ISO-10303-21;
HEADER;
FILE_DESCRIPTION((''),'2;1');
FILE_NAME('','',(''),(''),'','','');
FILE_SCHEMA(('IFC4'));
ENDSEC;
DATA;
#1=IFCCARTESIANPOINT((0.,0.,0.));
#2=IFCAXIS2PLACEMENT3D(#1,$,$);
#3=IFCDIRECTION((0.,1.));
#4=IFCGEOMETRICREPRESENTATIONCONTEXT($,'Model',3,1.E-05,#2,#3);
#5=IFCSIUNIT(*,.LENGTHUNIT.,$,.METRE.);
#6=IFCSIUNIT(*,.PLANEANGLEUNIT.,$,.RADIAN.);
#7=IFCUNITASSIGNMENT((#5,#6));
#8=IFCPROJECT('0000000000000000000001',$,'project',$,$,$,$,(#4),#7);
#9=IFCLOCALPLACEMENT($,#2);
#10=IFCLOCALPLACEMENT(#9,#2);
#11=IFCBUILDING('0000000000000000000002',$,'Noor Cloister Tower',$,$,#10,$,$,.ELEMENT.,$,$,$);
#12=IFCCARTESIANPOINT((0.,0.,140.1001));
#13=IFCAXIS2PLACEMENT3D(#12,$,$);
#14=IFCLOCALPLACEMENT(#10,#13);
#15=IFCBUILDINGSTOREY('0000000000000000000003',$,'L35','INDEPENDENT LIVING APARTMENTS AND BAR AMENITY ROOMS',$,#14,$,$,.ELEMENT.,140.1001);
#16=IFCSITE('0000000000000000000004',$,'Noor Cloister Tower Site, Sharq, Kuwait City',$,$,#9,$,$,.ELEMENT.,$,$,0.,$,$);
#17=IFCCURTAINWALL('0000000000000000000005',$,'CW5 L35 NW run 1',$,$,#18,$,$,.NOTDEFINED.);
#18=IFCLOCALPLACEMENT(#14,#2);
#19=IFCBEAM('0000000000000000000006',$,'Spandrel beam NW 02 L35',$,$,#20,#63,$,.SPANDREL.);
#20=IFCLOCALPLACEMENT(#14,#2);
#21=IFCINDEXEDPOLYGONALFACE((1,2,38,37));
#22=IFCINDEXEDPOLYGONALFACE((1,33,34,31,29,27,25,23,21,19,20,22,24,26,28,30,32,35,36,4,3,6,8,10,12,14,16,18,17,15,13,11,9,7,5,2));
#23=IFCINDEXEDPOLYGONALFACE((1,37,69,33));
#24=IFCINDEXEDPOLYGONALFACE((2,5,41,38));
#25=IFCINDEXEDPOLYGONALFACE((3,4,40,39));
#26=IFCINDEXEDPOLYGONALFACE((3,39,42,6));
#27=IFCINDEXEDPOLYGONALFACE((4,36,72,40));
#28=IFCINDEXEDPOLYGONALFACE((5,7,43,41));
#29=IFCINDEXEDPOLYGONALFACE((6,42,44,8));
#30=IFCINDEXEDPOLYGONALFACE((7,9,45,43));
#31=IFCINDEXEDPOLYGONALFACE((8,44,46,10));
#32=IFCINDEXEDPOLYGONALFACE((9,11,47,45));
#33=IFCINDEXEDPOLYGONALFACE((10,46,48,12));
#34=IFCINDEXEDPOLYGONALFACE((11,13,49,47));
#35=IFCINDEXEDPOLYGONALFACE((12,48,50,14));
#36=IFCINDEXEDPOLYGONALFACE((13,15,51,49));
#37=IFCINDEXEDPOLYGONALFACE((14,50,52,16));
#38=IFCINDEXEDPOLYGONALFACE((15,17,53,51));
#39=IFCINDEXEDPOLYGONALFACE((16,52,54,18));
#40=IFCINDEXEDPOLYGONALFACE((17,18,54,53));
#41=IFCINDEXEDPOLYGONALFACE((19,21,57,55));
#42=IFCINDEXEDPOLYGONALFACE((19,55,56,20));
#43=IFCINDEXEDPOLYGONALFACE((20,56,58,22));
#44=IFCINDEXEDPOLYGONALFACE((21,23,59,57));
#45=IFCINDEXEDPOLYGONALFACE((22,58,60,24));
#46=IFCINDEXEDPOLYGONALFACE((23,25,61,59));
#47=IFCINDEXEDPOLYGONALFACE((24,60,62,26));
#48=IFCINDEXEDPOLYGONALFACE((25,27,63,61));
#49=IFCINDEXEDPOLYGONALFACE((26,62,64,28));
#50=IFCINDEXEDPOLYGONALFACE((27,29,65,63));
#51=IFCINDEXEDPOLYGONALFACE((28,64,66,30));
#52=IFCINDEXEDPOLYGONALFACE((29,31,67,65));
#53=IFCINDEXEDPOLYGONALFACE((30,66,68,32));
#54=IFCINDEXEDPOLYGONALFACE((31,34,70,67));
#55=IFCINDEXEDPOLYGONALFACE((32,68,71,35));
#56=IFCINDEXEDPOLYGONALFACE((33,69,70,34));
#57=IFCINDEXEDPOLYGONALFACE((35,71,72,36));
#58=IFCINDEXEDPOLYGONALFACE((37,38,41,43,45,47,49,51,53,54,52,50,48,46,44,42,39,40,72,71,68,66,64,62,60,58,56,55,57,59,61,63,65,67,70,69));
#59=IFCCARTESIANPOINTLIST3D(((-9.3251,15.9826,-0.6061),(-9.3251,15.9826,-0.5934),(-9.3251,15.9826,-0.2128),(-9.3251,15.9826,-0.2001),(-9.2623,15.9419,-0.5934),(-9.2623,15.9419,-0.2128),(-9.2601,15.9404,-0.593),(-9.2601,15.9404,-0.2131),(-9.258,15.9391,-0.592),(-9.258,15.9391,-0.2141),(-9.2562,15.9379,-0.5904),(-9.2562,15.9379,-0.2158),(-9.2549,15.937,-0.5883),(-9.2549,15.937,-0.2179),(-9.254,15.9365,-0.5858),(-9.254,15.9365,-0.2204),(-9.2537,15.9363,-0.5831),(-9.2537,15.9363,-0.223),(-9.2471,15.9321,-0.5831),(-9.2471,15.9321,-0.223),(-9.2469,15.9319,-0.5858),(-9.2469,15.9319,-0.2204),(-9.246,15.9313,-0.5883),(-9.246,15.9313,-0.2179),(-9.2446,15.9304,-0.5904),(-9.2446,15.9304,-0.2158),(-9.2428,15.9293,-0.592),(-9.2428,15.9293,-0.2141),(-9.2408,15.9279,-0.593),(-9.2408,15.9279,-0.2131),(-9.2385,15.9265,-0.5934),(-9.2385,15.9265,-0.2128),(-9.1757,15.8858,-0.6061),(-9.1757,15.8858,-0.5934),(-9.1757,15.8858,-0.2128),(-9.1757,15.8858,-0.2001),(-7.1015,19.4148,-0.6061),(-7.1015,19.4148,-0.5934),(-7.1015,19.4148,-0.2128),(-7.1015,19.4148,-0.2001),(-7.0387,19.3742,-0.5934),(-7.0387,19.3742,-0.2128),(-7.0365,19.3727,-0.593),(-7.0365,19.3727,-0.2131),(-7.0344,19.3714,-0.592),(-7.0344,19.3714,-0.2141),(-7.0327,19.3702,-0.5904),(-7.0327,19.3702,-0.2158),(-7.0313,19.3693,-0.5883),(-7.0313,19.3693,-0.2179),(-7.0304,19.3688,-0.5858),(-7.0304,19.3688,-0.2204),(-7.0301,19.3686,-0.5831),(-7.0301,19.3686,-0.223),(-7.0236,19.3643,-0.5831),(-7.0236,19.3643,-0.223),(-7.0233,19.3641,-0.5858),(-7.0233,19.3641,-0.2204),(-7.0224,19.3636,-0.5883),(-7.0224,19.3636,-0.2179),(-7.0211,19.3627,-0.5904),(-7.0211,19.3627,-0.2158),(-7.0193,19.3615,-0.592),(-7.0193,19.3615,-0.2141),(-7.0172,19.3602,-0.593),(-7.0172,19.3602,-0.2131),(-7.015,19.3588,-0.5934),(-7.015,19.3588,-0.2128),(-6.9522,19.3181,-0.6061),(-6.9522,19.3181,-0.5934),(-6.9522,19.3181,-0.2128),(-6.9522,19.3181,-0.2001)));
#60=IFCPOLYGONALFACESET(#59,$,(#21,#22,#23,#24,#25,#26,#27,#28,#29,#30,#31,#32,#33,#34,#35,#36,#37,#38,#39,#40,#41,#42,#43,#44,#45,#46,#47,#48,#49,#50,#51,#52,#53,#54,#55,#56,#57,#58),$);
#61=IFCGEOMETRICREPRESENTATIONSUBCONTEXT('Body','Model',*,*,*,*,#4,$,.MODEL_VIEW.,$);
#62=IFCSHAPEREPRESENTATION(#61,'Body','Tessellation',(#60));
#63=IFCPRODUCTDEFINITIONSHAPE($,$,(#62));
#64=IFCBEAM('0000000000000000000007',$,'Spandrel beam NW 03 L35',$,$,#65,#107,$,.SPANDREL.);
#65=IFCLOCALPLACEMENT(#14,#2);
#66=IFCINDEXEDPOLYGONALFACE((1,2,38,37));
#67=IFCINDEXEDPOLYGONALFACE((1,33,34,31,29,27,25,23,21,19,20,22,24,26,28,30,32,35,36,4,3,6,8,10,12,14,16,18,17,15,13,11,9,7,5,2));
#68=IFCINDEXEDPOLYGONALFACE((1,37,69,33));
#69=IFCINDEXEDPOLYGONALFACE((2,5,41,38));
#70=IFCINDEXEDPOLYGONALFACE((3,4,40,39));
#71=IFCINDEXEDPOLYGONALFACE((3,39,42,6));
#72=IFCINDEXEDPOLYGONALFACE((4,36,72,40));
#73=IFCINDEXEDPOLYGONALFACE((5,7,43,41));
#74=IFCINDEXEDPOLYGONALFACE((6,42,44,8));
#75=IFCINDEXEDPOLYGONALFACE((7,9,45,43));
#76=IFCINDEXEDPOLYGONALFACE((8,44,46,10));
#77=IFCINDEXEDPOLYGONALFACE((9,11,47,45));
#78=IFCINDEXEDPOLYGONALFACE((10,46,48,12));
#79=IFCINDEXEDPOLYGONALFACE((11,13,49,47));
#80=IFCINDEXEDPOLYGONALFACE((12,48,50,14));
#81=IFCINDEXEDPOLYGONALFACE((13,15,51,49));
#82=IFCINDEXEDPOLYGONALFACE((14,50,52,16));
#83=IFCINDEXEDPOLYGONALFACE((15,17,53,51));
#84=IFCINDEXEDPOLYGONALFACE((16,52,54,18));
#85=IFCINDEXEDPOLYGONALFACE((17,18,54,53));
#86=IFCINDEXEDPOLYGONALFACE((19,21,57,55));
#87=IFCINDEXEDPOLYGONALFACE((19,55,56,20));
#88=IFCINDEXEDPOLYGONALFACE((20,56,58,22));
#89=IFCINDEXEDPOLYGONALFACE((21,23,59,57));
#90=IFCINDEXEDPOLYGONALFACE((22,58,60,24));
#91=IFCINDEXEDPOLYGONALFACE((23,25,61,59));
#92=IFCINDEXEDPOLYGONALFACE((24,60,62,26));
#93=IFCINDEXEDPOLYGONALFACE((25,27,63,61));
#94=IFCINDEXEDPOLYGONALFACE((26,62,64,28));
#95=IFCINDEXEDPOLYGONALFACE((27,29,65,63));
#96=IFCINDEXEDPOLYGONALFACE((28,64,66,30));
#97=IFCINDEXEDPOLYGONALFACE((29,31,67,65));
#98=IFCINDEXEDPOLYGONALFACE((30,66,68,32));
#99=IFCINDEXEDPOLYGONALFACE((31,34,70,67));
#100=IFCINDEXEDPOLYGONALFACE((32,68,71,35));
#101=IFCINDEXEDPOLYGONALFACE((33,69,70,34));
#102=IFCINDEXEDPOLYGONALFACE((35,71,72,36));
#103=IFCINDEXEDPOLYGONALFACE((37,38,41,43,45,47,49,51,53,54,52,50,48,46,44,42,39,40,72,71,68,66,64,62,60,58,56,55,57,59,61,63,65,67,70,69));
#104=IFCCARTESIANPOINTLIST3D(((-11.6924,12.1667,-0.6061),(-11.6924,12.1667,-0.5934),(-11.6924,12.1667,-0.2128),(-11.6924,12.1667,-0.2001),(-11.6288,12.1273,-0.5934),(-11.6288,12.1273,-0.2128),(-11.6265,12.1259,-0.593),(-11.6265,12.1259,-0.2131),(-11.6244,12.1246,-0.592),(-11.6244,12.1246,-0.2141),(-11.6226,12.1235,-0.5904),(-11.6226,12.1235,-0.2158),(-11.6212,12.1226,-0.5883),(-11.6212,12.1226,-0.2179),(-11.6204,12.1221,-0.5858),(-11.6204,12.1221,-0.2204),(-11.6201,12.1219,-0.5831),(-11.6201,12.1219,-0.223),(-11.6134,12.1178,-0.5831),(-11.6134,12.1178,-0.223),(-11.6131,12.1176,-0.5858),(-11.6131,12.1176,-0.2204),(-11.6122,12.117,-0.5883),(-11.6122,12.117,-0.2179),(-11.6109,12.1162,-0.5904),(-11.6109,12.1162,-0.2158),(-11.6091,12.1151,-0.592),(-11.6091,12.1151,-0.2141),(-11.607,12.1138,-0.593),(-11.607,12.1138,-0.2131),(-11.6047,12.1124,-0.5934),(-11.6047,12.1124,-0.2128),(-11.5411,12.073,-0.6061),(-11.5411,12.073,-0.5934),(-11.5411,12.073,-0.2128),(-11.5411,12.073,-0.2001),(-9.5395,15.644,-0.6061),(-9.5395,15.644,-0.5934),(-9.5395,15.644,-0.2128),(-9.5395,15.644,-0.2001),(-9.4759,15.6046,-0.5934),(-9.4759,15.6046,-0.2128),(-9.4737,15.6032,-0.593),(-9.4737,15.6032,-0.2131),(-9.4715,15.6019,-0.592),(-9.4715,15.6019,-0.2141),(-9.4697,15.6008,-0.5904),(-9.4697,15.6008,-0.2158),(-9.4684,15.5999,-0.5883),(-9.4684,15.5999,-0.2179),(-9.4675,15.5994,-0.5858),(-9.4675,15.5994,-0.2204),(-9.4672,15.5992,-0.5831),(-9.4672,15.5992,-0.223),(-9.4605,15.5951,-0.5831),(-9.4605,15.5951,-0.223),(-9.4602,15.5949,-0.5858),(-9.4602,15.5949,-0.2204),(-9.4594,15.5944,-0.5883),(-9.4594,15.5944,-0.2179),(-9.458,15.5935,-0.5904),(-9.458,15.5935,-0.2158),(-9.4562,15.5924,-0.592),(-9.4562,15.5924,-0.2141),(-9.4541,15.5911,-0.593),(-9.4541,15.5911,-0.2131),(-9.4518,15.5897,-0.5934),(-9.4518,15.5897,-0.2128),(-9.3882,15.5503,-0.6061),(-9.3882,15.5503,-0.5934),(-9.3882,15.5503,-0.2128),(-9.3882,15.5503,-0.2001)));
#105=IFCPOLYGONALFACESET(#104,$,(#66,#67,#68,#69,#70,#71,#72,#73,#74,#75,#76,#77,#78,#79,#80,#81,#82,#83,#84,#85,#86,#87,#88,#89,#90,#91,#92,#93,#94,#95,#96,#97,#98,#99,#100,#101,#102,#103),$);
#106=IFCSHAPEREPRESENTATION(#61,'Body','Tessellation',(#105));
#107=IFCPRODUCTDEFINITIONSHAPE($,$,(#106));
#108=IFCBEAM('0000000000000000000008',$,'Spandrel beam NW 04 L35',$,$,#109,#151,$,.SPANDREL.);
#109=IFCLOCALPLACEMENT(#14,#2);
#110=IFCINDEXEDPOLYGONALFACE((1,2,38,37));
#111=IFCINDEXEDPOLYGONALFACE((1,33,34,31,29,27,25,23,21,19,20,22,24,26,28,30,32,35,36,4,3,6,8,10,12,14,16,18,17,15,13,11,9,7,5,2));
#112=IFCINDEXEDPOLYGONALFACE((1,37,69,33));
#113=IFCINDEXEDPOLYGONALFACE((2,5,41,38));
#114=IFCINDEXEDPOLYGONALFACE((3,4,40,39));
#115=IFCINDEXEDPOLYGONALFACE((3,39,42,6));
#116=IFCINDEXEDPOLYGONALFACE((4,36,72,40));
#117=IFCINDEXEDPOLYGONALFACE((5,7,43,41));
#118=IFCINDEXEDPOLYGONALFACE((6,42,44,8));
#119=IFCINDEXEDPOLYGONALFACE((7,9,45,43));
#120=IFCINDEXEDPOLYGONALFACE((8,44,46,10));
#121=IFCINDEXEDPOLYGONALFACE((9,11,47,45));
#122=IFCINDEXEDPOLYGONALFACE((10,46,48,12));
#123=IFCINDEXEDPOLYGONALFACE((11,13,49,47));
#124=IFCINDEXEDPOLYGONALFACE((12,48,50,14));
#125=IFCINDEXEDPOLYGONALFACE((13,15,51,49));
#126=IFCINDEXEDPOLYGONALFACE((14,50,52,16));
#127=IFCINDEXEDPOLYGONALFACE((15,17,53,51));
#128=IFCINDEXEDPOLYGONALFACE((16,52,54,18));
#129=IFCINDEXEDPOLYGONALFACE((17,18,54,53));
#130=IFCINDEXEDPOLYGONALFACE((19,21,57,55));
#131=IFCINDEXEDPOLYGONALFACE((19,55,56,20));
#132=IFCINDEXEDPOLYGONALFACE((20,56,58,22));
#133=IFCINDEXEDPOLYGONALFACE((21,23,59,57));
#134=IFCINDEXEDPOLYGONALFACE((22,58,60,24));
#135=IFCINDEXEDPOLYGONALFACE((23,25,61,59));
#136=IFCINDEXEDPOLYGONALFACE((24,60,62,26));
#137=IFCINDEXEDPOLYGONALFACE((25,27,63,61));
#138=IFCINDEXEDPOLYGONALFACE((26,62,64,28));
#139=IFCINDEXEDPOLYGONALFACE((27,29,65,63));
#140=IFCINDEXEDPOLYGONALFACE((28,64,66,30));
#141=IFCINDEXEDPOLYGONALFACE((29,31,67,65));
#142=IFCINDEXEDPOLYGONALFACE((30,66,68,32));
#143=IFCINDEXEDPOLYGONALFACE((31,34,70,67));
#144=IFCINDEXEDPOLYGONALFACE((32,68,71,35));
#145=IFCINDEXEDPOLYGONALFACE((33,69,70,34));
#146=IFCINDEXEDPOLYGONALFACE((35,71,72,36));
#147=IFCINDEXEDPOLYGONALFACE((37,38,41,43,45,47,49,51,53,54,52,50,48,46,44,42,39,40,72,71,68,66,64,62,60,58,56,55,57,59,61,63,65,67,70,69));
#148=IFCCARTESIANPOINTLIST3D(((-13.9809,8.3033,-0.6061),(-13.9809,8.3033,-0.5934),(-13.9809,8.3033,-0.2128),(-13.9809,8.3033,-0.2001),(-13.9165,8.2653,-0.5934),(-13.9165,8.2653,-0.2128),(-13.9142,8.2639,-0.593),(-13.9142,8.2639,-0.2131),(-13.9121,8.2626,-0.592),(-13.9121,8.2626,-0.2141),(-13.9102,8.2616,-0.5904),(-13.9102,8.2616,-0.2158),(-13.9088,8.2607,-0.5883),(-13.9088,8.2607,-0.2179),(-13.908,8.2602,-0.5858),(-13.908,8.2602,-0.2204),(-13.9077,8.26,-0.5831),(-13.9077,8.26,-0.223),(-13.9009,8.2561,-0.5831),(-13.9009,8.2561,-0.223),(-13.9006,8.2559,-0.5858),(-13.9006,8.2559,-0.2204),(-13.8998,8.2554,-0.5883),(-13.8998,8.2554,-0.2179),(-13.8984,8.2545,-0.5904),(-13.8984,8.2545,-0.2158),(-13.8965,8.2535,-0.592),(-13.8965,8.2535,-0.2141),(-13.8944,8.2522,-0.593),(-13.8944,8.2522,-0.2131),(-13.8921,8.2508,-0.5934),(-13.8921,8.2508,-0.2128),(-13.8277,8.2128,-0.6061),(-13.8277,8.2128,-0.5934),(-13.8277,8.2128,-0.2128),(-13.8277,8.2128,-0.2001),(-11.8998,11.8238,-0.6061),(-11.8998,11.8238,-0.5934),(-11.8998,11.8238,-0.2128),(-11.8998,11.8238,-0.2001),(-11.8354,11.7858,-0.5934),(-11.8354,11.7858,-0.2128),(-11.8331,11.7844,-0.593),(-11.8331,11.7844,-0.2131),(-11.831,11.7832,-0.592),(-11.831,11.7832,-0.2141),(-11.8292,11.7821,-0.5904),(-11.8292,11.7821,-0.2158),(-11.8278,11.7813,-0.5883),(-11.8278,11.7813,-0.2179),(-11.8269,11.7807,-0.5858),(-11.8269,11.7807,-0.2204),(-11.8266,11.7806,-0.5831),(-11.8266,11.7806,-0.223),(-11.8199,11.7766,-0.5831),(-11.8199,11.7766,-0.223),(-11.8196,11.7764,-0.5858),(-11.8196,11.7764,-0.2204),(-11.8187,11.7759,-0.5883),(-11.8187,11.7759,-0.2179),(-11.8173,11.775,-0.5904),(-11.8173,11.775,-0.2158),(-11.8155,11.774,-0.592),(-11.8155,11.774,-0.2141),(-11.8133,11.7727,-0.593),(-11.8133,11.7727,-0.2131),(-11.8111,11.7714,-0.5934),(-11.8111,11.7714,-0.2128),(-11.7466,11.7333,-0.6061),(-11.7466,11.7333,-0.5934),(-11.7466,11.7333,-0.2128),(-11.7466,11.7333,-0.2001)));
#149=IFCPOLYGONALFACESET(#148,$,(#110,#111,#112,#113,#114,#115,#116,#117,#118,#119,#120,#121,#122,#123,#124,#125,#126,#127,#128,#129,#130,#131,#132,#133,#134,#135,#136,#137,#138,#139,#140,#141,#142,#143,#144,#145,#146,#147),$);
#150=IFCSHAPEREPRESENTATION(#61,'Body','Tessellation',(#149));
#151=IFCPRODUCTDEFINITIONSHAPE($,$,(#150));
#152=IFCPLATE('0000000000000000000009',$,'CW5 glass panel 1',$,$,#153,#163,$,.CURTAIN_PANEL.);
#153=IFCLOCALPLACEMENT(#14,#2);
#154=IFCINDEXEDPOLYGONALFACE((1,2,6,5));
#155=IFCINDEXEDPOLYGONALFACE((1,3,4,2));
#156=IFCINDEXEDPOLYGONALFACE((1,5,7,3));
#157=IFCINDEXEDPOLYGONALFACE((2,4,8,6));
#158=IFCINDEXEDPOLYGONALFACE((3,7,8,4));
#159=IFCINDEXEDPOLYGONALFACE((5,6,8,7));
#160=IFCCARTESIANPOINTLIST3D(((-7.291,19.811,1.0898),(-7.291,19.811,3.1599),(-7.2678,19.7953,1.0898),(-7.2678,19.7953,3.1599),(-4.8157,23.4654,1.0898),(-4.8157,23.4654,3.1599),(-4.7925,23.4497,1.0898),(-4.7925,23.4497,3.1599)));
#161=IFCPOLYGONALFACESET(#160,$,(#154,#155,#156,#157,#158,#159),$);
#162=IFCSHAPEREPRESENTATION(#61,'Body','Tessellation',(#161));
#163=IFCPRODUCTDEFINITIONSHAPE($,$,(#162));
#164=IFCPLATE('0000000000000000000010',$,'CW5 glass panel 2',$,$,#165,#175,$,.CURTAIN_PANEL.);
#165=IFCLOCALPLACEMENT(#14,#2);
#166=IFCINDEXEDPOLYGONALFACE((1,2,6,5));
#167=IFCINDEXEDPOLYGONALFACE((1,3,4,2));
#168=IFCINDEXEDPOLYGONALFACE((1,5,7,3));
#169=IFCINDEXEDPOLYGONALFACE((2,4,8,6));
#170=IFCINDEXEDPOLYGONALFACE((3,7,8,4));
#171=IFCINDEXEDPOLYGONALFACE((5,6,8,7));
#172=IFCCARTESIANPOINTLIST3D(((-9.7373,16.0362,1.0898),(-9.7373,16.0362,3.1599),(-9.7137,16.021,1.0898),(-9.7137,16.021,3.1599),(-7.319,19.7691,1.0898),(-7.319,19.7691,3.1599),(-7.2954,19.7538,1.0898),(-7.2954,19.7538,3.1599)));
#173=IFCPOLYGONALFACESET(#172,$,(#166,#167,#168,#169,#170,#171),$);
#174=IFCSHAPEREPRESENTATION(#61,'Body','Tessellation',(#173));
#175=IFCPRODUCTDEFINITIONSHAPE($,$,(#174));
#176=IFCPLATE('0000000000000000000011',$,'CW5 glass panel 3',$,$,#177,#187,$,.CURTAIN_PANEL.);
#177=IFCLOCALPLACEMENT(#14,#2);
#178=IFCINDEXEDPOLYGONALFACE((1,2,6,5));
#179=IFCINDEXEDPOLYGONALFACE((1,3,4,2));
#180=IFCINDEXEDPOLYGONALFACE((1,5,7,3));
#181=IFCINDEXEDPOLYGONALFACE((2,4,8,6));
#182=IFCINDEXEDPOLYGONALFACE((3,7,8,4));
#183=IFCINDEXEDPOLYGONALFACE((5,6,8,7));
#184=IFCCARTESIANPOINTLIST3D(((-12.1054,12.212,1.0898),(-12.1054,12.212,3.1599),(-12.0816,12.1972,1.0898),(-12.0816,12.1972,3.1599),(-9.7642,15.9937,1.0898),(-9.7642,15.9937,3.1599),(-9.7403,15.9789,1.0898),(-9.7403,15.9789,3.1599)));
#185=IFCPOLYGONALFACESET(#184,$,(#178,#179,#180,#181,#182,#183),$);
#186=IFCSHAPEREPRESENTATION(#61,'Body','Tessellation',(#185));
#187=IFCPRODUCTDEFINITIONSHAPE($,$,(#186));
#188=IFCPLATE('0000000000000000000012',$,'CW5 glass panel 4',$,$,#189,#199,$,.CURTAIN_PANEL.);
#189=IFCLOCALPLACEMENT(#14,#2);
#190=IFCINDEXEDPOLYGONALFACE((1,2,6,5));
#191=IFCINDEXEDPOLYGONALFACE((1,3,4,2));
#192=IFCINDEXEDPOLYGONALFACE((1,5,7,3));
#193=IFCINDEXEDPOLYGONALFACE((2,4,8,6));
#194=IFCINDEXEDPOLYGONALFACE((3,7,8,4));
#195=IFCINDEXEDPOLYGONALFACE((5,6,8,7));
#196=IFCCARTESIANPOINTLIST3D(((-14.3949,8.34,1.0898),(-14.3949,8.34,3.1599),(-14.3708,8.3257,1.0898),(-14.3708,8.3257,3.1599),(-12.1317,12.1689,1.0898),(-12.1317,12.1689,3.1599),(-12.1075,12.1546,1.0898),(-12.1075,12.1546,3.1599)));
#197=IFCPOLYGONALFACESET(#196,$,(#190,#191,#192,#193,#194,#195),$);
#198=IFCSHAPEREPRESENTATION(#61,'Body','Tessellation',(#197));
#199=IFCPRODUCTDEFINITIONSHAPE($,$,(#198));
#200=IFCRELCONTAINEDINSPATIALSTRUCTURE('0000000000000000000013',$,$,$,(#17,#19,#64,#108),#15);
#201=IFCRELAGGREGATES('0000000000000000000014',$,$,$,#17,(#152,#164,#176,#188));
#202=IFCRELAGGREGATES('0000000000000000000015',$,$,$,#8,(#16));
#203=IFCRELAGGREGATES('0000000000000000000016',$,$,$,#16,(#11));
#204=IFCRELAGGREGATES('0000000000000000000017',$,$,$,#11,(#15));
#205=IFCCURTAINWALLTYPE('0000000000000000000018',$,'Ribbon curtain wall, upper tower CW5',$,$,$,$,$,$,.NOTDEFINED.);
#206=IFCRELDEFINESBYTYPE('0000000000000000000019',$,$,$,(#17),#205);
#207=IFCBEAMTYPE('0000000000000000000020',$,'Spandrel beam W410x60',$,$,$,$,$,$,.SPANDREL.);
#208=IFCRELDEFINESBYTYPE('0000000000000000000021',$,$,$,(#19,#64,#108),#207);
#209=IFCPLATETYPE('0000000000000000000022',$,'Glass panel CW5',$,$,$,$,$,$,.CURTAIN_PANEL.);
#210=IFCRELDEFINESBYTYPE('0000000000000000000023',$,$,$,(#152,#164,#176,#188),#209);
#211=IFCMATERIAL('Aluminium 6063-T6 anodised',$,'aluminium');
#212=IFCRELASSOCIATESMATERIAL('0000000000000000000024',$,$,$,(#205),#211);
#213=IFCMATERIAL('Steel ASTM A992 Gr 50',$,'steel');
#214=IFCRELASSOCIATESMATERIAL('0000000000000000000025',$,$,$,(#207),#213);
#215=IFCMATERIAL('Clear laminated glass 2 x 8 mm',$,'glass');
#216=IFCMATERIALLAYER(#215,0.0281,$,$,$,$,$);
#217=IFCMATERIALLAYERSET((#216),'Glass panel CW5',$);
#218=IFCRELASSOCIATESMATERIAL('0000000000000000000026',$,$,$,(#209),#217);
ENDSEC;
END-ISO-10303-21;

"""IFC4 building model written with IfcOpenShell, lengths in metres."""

from ifc_helpers import new_model, si_unit, direction, frame, origin, origin_2d, place, context, subcontext, project, spatial, rectangle, i_section, extrude, material, layer, layer_set, material_profile, profile_set, type_object, element, aggregate, save


model = new_model("IFC4")

# Units and contexts
model_context = context("Model", 3, precision=1e-05, world=origin(), true_north=direction((0.0, 1.0)))
body_context = subcontext(model_context, "Body", "Model", "MODEL_VIEW")
ifc_project = project(units=[si_unit("LENGTHUNIT", "METRE"), si_unit("PLANEANGLEUNIT", "RADIAN")], contexts=[model_context])

# Site, building, storey
site_placement = place(None, origin())
site = spatial("IfcSite", under=ifc_project, at=site_placement, Name="Noor Cloister Tower Site, Sharq, Kuwait City", CompositionType="ELEMENT", RefElevation=0.0)
building_placement = place(site_placement, origin())
building = spatial("IfcBuilding", under=site, at=building_placement, Name="Noor Cloister Tower", CompositionType="ELEMENT")
storey_placement = place(building_placement, frame((0.0, 0.0, 140.1001)))
storey = spatial("IfcBuildingStorey", under=building, at=storey_placement, Name="L35", Description="INDEPENDENT LIVING APARTMENTS AND BAR AMENITY ROOMS", CompositionType="ELEMENT", Elevation=140.1001)

# Curtain wall
ifc_material_1 = material(Name="Aluminium 6063-T6 anodised", Category="aluminium")
curtain_wall_type = type_object("IfcCurtainWallType", Name="Ribbon curtain wall, upper tower CW5", PredefinedType="NOTDEFINED", material=ifc_material_1)
curtain_wall_placement = place(storey_placement, origin())
curtain_wall = element("IfcCurtainWall", 1, at=curtain_wall_placement, inside=storey, type_object=curtain_wall_type, Name="CW5 L35 NW run 1", PredefinedType="NOTDEFINED")

# Beams
ifc_material_2 = material(Name="Steel ASTM A992 Gr 50", Category="steel")
ifc_material_profile_1 = material_profile(ifc_material_2, i_section(OverallWidth=0.178, OverallDepth=0.406, WebThickness=0.0078, FlangeThickness=0.0127, FilletRadius=0.0103, at=origin_2d()), Name="W410x60")
ifc_profile_set_1 = profile_set([ifc_material_profile_1], Name="Steel ASTM A992 Gr 50")
beam_type_1 = type_object("IfcBeamType", Name="Spandrel beam W410x60", PredefinedType="SPANDREL", material=ifc_profile_set_1)
beam_1_placement = place(storey_placement, frame((-7.0269, 19.3665, -0.4031), z_axis=(-0.543714, -0.839271, 0.0), x_axis=(0.839271, -0.543714, 0.0)))
element("IfcBeam", 2, at=beam_1_placement, inside=storey, type_object=beam_type_1, Name="Spandrel beam NW 02 L35", PredefinedType="SPANDREL", context=body_context, shape_type="SweptSolid", body=[
    extrude(i_section(OverallWidth=0.178, OverallDepth=0.406, WebThickness=0.0078, FlangeThickness=0.0127, FilletRadius=0.0103, at=origin_2d()), origin(), (0.0, 0.0, 1.0), 4.0896),
])
beam_2_placement = place(storey_placement, frame((-9.4639, 15.5972, -0.4031), z_axis=(-0.526394, -0.850241, 0.0), x_axis=(0.850241, -0.526394, 0.0)))
element("IfcBeam", 3, at=beam_2_placement, inside=storey, type_object=beam_type_1, Name="Spandrel beam NW 03 L35", PredefinedType="SPANDREL", context=body_context, shape_type="SweptSolid", body=[
    extrude(i_section(OverallWidth=0.178, OverallDepth=0.406, WebThickness=0.0078, FlangeThickness=0.0127, FilletRadius=0.0103, at=origin_2d()), origin(), (0.0, 0.0, 1.0), 4.0898),
])
beam_3_placement = place(storey_placement, frame((-11.8232, 11.7786, -0.4031), z_axis=(-0.508866, -0.860846, 0.0), x_axis=(0.860846, -0.508866, 0.0)))
element("IfcBeam", 4, at=beam_3_placement, inside=storey, type_object=beam_type_1, Name="Spandrel beam NW 04 L35", PredefinedType="SPANDREL", context=body_context, shape_type="SweptSolid", body=[
    extrude(i_section(OverallWidth=0.178, OverallDepth=0.406, WebThickness=0.0078, FlangeThickness=0.0127, FilletRadius=0.0103, at=origin_2d()), origin(), (0.0, 0.0, 1.0), 4.0896),
])

# Plates
ifc_material_3 = material(Name="Clear laminated glass 2 x 8 mm", Category="glass")
ifc_layer_1 = layer(ifc_material_3, 0.0281)
ifc_layer_set_1 = layer_set([ifc_layer_1], Name="Glass panel CW5")
plate_type = type_object("IfcPlateType", Name="Glass panel CW5", PredefinedType="CURTAIN_PANEL", material=ifc_layer_set_1)
plate_1_placement = place(storey_placement, frame((-6.0417, 21.6304, 1.0898), z_axis=(0.0, 0.0, 1.0), x_axis=(-0.560807, -0.827946, 0.0)))
plate_1 = element("IfcPlate", 5, at=plate_1_placement, type_object=plate_type, Name="CW5 glass panel 1", PredefinedType="CURTAIN_PANEL", context=body_context, shape_type="SweptSolid", body=[
    extrude(rectangle(XDim=4.4138, YDim=0.0281, at=origin_2d()), origin(), (0.0, 0.0, 1.0), 2.0701),
])
plate_2_placement = place(storey_placement, frame((-8.5164, 17.895, 1.0898), z_axis=(0.0, 0.0, 1.0), x_axis=(-0.543715, -0.83927, 0.0)))
plate_2 = element("IfcPlate", 6, at=plate_2_placement, type_object=plate_type, Name="CW5 glass panel 2", PredefinedType="CURTAIN_PANEL", context=body_context, shape_type="SweptSolid", body=[
    extrude(rectangle(XDim=4.4478, YDim=0.0281, at=origin_2d()), origin(), (0.0, 0.0, 1.0), 2.0701),
])
plate_3_placement = place(storey_placement, frame((-10.9229, 14.0955, 1.0898), z_axis=(0.0, 0.0, 1.0), x_axis=(-0.526394, -0.850241, 0.0)))
plate_3 = element("IfcPlate", 7, at=plate_3_placement, type_object=plate_type, Name="CW5 glass panel 3", PredefinedType="CURTAIN_PANEL", context=body_context, shape_type="SweptSolid", body=[
    extrude(rectangle(XDim=4.4478, YDim=0.0281, at=origin_2d()), origin(), (0.0, 0.0, 1.0), 2.0701),
])
plate_4_placement = place(storey_placement, frame((-13.2512, 10.2473, 1.0898), z_axis=(0.0, 0.0, 1.0), x_axis=(-0.508852, -0.860854, 0.0)))
plate_4 = element("IfcPlate", 8, at=plate_4_placement, type_object=plate_type, Name="CW5 glass panel 4", PredefinedType="CURTAIN_PANEL", context=body_context, shape_type="SweptSolid", body=[
    extrude(rectangle(XDim=4.4478, YDim=0.0281, at=origin_2d()), origin(), (0.0, 0.0, 1.0), 2.0701),
])
aggregate(curtain_wall, [plate_1, plate_2, plate_3, plate_4])

save(model, "model.ifc")
